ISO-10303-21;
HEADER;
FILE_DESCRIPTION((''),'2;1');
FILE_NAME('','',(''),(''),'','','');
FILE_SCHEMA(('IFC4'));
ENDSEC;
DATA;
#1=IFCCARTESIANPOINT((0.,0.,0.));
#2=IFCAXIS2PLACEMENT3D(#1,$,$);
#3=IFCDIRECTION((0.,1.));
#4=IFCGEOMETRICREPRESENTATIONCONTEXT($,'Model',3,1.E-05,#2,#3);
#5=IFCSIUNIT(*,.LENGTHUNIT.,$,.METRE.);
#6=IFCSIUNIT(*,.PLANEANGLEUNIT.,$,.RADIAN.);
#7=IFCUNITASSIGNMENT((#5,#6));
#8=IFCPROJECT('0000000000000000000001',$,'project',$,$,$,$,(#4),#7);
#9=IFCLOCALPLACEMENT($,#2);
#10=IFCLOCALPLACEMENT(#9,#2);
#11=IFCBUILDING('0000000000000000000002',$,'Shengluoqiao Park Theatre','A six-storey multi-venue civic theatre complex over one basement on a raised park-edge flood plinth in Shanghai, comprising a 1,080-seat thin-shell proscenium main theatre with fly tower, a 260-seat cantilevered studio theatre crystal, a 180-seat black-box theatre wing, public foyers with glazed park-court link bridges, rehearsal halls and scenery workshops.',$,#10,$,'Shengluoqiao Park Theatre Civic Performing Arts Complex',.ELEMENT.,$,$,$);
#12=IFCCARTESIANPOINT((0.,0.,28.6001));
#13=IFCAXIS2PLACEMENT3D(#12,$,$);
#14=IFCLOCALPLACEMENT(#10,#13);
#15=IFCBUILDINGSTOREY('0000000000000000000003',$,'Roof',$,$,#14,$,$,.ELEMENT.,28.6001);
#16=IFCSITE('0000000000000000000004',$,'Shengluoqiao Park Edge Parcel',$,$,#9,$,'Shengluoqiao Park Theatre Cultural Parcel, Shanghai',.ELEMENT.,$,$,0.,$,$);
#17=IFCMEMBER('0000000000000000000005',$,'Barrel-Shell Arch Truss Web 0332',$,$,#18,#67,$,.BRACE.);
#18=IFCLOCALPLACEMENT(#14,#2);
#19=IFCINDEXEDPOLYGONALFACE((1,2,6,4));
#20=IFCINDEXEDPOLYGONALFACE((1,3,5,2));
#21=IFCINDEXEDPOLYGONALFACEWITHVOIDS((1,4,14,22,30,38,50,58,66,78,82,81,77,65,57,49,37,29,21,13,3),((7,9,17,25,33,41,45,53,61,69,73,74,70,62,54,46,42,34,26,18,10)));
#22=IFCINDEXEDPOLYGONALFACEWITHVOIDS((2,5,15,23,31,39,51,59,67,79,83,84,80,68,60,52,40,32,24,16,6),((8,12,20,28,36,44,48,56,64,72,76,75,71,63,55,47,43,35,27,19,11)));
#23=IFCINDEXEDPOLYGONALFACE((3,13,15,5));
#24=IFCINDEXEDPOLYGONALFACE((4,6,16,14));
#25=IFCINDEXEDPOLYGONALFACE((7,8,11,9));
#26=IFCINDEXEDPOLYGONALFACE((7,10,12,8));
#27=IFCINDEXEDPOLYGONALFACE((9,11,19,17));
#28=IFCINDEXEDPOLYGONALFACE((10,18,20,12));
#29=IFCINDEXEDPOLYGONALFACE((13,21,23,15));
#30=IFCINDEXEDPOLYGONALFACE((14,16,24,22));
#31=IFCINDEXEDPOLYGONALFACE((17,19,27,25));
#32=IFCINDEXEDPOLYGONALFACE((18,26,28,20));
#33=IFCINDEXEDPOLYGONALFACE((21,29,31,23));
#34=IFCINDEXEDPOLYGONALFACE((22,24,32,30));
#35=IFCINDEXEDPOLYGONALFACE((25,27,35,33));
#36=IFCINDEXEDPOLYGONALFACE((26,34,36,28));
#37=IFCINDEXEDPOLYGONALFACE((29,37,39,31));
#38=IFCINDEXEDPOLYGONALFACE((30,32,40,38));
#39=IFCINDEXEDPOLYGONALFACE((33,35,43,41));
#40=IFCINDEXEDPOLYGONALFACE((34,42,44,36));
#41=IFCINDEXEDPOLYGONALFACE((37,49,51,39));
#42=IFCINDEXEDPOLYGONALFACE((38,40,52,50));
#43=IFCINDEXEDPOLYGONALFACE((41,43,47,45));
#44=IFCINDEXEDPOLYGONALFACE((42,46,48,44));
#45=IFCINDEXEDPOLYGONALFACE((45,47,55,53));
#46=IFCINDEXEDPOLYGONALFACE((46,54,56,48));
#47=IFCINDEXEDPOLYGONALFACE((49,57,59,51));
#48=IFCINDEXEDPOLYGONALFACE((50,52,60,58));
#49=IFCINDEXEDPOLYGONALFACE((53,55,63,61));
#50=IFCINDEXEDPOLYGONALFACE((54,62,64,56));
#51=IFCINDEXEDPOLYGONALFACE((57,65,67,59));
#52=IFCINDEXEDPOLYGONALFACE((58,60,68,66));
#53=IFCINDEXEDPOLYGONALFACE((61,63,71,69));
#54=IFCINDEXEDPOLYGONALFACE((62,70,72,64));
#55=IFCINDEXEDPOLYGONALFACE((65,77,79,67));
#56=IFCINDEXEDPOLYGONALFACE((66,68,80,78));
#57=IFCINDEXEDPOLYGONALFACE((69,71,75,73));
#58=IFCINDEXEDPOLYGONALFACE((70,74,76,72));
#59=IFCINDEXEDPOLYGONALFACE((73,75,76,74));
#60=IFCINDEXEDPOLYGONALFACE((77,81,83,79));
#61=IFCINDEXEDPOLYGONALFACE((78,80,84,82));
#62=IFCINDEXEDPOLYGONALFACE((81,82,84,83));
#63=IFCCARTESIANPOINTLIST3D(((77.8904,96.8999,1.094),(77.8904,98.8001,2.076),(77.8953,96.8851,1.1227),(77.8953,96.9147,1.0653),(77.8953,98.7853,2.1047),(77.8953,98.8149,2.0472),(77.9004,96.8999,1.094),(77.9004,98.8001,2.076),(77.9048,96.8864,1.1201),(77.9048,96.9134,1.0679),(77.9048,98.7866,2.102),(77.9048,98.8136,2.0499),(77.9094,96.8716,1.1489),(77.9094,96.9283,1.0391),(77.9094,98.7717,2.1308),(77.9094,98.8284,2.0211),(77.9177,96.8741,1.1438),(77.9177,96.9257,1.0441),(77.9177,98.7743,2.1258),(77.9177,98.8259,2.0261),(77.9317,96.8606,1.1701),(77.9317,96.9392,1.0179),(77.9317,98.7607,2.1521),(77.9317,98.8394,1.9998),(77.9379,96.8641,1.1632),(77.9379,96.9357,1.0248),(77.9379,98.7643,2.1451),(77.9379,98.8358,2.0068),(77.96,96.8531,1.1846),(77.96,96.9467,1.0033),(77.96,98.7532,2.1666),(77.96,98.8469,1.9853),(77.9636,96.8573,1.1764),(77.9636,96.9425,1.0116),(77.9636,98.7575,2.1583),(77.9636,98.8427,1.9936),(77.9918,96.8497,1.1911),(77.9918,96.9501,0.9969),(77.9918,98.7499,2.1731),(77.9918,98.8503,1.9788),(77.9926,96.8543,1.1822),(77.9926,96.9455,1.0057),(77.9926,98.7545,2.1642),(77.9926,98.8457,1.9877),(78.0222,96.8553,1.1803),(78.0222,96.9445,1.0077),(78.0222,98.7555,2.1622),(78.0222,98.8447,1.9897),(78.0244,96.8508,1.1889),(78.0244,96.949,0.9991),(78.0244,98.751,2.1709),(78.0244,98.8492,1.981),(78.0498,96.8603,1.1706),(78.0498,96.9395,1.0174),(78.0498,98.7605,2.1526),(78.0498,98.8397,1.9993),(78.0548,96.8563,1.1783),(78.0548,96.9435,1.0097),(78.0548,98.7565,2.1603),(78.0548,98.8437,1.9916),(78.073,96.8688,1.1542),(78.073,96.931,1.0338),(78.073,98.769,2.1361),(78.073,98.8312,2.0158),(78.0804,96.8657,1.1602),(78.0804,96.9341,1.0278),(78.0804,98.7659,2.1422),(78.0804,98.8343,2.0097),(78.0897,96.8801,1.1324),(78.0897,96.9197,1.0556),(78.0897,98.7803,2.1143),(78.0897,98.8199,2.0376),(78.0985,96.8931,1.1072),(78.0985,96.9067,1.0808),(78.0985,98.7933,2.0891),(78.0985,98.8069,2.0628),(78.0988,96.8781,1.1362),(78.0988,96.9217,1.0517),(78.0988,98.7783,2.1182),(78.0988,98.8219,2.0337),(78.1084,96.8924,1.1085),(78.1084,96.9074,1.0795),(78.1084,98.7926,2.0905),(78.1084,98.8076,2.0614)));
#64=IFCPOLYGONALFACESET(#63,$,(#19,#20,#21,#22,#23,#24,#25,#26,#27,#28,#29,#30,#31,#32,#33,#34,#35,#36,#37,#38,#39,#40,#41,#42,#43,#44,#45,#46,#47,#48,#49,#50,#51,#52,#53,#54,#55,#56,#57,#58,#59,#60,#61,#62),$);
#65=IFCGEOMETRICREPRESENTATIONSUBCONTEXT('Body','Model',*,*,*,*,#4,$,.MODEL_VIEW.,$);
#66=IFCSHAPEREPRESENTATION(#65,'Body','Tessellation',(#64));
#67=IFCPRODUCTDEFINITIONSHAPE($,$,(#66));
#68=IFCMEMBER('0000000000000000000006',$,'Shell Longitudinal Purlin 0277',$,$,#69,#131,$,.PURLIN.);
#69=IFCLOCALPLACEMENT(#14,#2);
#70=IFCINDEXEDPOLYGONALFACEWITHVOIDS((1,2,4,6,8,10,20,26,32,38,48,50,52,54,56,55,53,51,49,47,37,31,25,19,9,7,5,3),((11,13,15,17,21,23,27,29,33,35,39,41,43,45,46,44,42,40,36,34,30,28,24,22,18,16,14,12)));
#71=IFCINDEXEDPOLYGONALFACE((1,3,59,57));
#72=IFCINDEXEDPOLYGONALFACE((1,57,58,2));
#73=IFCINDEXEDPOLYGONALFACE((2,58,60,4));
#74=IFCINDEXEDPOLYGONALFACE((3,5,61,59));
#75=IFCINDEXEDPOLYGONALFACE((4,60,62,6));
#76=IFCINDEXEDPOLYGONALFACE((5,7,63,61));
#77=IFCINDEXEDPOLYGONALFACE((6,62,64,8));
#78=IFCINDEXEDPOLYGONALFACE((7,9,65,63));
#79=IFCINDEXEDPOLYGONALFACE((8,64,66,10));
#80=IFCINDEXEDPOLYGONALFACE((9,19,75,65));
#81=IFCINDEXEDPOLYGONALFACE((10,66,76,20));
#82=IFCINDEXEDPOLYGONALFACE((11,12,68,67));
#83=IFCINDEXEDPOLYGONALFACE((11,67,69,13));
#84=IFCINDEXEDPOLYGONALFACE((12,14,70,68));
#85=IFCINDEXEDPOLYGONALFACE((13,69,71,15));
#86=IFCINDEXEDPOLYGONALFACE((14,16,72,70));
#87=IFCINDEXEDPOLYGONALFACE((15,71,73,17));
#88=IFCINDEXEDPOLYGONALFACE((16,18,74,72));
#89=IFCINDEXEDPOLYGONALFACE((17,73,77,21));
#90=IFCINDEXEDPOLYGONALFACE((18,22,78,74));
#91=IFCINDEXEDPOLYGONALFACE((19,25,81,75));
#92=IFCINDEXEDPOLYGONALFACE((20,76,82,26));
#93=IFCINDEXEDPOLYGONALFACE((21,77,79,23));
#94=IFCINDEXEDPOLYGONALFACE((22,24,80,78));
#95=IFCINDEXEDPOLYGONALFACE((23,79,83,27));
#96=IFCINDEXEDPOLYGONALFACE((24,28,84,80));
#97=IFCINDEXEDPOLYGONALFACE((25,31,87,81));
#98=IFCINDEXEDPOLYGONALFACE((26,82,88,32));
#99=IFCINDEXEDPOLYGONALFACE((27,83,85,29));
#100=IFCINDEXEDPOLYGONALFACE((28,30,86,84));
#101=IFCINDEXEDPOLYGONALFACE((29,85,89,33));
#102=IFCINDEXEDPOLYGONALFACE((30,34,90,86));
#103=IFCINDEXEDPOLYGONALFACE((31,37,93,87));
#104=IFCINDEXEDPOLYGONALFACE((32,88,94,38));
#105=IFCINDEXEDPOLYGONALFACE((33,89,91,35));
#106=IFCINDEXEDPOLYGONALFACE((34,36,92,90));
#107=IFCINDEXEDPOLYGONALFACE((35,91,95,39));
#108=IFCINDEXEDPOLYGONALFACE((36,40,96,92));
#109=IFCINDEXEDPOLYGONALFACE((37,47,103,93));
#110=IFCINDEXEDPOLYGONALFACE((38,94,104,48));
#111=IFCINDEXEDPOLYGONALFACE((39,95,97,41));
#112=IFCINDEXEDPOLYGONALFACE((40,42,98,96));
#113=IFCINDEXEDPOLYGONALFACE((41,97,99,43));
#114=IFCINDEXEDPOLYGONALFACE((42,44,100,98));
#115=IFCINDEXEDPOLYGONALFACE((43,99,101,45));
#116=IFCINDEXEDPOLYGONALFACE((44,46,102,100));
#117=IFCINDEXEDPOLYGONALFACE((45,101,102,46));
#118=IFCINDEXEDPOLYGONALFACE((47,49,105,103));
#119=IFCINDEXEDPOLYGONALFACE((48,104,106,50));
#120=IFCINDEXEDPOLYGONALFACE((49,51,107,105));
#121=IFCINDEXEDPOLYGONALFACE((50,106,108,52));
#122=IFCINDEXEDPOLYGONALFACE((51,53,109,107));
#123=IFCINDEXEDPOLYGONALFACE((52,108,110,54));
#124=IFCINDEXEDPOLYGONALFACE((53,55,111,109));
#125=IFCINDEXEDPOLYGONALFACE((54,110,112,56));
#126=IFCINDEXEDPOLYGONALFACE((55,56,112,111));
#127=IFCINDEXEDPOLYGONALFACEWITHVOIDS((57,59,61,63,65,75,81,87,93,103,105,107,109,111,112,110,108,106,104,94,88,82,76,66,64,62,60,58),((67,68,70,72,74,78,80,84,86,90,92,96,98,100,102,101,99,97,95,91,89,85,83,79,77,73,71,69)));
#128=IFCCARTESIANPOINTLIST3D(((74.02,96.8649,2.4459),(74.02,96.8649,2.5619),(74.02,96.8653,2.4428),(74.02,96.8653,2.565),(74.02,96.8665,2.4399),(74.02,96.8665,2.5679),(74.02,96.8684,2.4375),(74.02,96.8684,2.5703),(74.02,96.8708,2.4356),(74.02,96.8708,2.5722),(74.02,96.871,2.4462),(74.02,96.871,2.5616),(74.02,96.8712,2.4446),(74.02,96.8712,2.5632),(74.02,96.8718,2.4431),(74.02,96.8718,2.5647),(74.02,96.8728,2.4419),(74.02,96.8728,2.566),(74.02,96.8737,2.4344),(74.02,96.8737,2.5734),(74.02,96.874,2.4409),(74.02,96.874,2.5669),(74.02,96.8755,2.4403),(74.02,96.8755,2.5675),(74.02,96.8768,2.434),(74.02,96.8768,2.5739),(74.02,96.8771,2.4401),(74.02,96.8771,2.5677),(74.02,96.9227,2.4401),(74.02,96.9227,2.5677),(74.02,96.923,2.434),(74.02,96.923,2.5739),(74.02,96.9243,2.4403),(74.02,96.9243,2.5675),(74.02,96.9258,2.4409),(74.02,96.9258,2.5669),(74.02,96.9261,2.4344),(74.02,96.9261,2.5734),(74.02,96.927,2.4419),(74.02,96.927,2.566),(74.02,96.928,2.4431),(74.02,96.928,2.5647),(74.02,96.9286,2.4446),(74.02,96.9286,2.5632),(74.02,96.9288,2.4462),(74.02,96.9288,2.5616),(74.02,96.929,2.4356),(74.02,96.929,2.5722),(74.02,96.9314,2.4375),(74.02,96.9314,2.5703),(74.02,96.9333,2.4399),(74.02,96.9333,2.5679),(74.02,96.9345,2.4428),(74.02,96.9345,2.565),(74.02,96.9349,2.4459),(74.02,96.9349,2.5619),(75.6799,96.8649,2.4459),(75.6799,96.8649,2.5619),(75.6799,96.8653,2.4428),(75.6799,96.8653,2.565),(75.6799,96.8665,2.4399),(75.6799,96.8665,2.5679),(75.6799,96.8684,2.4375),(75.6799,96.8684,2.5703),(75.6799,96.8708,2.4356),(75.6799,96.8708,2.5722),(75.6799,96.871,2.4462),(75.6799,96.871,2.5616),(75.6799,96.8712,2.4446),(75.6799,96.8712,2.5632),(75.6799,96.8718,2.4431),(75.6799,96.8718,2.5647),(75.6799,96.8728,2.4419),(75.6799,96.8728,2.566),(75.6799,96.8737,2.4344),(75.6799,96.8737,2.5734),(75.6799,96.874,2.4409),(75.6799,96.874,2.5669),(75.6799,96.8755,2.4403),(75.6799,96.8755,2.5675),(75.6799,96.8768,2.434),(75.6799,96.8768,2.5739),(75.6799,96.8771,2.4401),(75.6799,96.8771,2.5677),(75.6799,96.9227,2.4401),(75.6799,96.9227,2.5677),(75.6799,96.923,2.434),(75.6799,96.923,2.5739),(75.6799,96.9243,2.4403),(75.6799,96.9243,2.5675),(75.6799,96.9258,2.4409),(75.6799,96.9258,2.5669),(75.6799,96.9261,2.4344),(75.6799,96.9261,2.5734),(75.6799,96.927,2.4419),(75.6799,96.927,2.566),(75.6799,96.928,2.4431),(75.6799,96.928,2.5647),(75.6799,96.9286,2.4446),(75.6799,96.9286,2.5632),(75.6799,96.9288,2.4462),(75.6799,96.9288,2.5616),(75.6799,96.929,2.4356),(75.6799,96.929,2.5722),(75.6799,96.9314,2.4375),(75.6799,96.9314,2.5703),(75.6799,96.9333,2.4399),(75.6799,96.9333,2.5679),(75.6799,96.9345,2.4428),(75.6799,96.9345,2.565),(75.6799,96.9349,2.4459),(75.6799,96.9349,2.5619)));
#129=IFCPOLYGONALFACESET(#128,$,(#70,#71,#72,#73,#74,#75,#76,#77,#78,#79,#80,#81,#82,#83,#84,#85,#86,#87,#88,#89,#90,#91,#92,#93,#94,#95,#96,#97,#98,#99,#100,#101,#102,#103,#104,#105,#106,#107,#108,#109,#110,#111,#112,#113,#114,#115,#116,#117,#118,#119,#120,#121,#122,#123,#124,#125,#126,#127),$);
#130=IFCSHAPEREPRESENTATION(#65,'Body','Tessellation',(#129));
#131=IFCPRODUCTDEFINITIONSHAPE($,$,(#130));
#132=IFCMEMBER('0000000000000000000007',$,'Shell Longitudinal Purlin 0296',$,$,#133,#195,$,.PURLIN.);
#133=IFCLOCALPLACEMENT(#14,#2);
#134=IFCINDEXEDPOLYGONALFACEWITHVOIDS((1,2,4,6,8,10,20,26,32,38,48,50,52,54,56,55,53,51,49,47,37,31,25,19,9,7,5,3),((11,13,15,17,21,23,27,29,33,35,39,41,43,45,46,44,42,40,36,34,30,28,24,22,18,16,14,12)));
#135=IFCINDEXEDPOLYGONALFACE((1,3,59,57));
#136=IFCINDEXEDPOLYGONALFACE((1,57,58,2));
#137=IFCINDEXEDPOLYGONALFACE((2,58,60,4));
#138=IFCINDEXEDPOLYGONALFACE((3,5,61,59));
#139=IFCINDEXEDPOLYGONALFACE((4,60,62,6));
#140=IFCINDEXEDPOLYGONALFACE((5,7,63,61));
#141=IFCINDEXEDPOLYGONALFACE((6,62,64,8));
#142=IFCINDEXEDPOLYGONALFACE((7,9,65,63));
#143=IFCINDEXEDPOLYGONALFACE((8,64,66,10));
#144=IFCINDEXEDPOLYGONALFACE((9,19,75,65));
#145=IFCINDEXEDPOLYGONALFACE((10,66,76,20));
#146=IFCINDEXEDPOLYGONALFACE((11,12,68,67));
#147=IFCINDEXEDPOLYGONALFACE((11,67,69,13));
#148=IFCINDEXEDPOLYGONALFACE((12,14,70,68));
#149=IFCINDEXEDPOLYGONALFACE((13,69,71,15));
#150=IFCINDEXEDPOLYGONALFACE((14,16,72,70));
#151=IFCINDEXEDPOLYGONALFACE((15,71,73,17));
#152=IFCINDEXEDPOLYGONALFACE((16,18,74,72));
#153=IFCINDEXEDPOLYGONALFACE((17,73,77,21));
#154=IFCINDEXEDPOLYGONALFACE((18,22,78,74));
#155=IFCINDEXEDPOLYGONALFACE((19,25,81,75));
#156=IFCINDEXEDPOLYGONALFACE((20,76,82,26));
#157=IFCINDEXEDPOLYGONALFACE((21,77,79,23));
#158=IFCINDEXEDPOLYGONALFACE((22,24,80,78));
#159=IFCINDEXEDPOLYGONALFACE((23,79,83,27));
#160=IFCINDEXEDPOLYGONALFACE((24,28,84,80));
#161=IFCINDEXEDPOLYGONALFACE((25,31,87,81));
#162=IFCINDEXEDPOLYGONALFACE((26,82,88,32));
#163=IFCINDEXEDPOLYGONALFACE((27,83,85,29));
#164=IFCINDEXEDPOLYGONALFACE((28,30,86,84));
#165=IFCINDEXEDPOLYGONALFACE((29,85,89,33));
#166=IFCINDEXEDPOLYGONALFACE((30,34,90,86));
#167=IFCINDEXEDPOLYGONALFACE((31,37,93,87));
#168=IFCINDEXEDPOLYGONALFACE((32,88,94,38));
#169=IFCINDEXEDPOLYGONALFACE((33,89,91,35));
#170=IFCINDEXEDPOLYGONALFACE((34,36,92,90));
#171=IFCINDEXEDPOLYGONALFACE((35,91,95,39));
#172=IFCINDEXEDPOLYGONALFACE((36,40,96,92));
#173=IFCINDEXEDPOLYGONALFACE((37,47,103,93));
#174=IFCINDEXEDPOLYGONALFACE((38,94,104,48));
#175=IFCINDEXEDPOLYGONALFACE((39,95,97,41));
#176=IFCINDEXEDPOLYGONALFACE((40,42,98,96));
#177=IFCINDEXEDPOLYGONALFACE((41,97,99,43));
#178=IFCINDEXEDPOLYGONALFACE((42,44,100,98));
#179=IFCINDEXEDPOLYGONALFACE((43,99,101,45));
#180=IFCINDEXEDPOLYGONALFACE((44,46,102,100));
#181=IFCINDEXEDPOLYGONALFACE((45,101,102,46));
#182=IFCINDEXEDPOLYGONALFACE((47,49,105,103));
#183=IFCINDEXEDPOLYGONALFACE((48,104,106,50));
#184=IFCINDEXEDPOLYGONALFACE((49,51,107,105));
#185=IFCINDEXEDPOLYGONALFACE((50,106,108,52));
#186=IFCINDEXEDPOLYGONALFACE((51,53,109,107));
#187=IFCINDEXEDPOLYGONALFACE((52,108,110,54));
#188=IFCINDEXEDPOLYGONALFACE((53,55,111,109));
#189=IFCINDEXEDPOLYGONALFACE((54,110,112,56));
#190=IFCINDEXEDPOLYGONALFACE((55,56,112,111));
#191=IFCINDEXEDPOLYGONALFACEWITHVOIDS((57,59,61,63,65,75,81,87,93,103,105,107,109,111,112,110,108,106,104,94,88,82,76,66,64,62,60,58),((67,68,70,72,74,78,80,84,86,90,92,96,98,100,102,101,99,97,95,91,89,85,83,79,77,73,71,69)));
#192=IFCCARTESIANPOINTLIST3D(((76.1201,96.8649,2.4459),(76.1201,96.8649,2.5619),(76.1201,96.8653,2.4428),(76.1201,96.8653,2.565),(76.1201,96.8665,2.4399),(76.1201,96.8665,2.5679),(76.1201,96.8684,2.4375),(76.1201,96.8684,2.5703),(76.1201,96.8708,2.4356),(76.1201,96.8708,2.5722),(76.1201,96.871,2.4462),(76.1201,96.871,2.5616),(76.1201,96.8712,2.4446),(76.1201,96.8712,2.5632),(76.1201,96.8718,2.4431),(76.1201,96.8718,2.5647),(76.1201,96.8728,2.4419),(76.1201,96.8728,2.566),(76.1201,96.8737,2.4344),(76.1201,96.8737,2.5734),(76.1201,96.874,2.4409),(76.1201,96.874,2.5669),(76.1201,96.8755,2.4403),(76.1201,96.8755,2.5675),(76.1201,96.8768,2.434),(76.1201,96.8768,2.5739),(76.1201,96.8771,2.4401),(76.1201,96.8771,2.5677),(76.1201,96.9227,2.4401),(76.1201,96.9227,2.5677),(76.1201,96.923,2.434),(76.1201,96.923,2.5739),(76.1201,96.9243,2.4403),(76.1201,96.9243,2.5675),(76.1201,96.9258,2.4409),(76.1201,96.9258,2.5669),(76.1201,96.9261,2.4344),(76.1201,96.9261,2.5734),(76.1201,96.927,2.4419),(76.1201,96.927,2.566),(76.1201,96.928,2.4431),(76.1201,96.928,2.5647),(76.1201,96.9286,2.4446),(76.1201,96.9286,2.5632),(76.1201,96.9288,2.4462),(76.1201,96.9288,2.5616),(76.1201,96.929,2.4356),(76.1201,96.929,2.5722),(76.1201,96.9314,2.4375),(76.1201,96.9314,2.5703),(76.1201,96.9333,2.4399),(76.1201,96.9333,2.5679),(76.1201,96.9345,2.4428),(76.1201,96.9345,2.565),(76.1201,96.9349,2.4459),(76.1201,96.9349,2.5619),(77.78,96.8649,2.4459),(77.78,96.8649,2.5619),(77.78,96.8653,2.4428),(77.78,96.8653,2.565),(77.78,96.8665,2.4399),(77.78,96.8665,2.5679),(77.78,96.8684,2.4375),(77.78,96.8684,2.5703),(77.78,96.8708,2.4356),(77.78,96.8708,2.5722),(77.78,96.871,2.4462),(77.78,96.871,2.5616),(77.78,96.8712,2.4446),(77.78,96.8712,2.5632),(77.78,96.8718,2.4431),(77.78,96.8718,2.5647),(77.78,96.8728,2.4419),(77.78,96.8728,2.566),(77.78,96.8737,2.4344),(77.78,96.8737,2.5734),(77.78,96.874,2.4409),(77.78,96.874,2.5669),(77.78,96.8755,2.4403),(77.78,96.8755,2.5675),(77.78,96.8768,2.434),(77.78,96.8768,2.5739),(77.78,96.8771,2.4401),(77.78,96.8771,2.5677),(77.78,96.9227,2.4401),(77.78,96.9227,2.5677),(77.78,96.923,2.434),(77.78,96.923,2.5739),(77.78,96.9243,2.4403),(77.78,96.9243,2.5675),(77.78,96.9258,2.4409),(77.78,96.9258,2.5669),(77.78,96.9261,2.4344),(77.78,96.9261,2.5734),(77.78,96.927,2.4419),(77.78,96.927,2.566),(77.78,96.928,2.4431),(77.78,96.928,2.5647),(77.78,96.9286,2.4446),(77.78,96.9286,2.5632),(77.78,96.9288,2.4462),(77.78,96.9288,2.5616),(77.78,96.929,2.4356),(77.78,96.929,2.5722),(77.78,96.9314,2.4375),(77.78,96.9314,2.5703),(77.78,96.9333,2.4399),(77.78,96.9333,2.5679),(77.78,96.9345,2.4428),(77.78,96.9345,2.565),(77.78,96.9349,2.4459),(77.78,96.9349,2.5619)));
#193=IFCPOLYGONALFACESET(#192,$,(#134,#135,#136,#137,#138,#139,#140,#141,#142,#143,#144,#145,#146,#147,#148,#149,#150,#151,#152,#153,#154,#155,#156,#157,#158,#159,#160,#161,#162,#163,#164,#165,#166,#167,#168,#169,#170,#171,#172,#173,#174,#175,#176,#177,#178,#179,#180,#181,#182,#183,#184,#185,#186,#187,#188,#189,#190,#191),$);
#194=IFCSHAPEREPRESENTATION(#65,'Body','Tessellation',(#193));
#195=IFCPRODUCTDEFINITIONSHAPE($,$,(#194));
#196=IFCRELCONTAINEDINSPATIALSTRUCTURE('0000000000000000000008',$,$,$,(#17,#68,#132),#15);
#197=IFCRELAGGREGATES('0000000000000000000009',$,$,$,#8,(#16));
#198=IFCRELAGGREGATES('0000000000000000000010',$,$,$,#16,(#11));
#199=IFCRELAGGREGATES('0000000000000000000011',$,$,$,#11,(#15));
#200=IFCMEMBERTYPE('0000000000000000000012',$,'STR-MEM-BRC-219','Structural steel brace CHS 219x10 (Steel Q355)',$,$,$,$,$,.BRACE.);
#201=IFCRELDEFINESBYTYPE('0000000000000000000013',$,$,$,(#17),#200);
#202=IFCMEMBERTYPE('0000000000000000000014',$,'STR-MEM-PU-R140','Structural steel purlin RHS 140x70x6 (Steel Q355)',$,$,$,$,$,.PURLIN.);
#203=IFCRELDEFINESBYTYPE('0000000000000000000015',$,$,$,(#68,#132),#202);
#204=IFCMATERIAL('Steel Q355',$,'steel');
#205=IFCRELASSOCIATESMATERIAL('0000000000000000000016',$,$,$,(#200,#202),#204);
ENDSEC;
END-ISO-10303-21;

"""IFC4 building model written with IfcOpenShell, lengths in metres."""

from ifc_helpers import new_model, si_unit, direction, frame, origin, origin_2d, place, context, subcontext, project, spatial, hollow_rectangle, hollow_circle, extrude, material, material_profile, profile_set, type_object, element, save


model = new_model("IFC4")

# Units and contexts
model_context = context("Model", 3, precision=1e-05, world=origin(), true_north=direction((0.0, 1.0)))
body_context = subcontext(model_context, "Body", "Model", "MODEL_VIEW")
ifc_project = project(units=[si_unit("LENGTHUNIT", "METRE"), si_unit("PLANEANGLEUNIT", "RADIAN")], contexts=[model_context])

# Site, building, storey
site_placement = place(None, origin())
site = spatial("IfcSite", under=ifc_project, at=site_placement, Name="Shengluoqiao Park Edge Parcel", LongName="Shengluoqiao Park Theatre Cultural Parcel, Shanghai", CompositionType="ELEMENT", RefElevation=0.0)
building_placement = place(site_placement, origin())
building = spatial("IfcBuilding", under=site, at=building_placement, Name="Shengluoqiao Park Theatre", Description="A six-storey multi-venue civic theatre complex over one basement on a raised park-edge flood plinth in Shanghai, comprising a 1,080-seat thin-shell proscenium main theatre with fly tower, a 260-seat cantilevered studio theatre crystal, a 180-seat black-box theatre wing, public foyers with glazed park-court link bridges, rehearsal halls and scenery workshops.", LongName="Shengluoqiao Park Theatre Civic Performing Arts Complex", CompositionType="ELEMENT")
storey_placement = place(building_placement, frame((0.0, 0.0, 28.6001)))
storey = spatial("IfcBuildingStorey", under=building, at=storey_placement, Name="Roof", CompositionType="ELEMENT", Elevation=28.6001)

# Shared definitions
ifc_material_1 = material(Name="Steel Q355", Category="steel")

# Members
ifc_material_profile_1 = material_profile(ifc_material_1, hollow_circle(Radius=0.1096, WallThickness=0.01, at=origin_2d()), Name="CHS 219x10")
ifc_profile_set_1 = profile_set([ifc_material_profile_1], Name="Steel Q355")
member_type_1 = type_object("IfcMemberType", Name="STR-MEM-BRC-219", Description="Structural steel brace CHS 219x10 (Steel Q355)", PredefinedType="BRACE", material=ifc_profile_set_1)
member_1_placement = place(storey_placement, frame((78.0, 96.8999, 1.094), z_axis=(0.0, 0.888389, 0.459091), x_axis=(-1.0, 0.0, 0.0)))
element("IfcMember", 1, at=member_1_placement, inside=storey, type_object=member_type_1, Name="Barrel-Shell Arch Truss Web 0332", PredefinedType="BRACE", context=body_context, shape_type="SweptSolid", body=[
    extrude(hollow_circle(Radius=0.1096, WallThickness=0.01, at=origin_2d()), origin(), (0.0, 0.0, 1.0), 2.1389),
])
ifc_material_profile_2 = material_profile(ifc_material_1, hollow_rectangle(XDim=0.0701, YDim=0.1399, WallThickness=0.0061, InnerFilletRadius=0.0061, OuterFilletRadius=0.012, at=origin_2d()), Name="RHS 140x70x6")
ifc_profile_set_2 = profile_set([ifc_material_profile_2], Name="Steel Q355")
member_type_2 = type_object("IfcMemberType", Name="STR-MEM-PU-R140", Description="Structural steel purlin RHS 140x70x6 (Steel Q355)", PredefinedType="PURLIN", material=ifc_profile_set_2)
for number, where, z_axis, x_axis, name in (
    (2, (74.02, 96.8999, 2.5039), (1.0, 0.0, 0.0), (0.0, 1.0, 0.0), "Shell Longitudinal Purlin 0277"),
    (3, (76.1201, 96.8999, 2.5039), (1.0, 0.0, 0.0), (0.0, 1.0, 0.0), "Shell Longitudinal Purlin 0296"),
):
    element("IfcMember", number, at=place(storey_placement, frame(where, z_axis=z_axis, x_axis=x_axis)), inside=storey, type_object=member_type_2, Name=name, PredefinedType="PURLIN", context=body_context, shape_type="SweptSolid", body=[
        extrude(hollow_rectangle(XDim=0.0701, YDim=0.1399, WallThickness=0.0061, InnerFilletRadius=0.0061, OuterFilletRadius=0.012, at=origin_2d()), origin(), (0.0, 0.0, 1.0), 1.6599),
    ])

save(model, "model.ifc")
